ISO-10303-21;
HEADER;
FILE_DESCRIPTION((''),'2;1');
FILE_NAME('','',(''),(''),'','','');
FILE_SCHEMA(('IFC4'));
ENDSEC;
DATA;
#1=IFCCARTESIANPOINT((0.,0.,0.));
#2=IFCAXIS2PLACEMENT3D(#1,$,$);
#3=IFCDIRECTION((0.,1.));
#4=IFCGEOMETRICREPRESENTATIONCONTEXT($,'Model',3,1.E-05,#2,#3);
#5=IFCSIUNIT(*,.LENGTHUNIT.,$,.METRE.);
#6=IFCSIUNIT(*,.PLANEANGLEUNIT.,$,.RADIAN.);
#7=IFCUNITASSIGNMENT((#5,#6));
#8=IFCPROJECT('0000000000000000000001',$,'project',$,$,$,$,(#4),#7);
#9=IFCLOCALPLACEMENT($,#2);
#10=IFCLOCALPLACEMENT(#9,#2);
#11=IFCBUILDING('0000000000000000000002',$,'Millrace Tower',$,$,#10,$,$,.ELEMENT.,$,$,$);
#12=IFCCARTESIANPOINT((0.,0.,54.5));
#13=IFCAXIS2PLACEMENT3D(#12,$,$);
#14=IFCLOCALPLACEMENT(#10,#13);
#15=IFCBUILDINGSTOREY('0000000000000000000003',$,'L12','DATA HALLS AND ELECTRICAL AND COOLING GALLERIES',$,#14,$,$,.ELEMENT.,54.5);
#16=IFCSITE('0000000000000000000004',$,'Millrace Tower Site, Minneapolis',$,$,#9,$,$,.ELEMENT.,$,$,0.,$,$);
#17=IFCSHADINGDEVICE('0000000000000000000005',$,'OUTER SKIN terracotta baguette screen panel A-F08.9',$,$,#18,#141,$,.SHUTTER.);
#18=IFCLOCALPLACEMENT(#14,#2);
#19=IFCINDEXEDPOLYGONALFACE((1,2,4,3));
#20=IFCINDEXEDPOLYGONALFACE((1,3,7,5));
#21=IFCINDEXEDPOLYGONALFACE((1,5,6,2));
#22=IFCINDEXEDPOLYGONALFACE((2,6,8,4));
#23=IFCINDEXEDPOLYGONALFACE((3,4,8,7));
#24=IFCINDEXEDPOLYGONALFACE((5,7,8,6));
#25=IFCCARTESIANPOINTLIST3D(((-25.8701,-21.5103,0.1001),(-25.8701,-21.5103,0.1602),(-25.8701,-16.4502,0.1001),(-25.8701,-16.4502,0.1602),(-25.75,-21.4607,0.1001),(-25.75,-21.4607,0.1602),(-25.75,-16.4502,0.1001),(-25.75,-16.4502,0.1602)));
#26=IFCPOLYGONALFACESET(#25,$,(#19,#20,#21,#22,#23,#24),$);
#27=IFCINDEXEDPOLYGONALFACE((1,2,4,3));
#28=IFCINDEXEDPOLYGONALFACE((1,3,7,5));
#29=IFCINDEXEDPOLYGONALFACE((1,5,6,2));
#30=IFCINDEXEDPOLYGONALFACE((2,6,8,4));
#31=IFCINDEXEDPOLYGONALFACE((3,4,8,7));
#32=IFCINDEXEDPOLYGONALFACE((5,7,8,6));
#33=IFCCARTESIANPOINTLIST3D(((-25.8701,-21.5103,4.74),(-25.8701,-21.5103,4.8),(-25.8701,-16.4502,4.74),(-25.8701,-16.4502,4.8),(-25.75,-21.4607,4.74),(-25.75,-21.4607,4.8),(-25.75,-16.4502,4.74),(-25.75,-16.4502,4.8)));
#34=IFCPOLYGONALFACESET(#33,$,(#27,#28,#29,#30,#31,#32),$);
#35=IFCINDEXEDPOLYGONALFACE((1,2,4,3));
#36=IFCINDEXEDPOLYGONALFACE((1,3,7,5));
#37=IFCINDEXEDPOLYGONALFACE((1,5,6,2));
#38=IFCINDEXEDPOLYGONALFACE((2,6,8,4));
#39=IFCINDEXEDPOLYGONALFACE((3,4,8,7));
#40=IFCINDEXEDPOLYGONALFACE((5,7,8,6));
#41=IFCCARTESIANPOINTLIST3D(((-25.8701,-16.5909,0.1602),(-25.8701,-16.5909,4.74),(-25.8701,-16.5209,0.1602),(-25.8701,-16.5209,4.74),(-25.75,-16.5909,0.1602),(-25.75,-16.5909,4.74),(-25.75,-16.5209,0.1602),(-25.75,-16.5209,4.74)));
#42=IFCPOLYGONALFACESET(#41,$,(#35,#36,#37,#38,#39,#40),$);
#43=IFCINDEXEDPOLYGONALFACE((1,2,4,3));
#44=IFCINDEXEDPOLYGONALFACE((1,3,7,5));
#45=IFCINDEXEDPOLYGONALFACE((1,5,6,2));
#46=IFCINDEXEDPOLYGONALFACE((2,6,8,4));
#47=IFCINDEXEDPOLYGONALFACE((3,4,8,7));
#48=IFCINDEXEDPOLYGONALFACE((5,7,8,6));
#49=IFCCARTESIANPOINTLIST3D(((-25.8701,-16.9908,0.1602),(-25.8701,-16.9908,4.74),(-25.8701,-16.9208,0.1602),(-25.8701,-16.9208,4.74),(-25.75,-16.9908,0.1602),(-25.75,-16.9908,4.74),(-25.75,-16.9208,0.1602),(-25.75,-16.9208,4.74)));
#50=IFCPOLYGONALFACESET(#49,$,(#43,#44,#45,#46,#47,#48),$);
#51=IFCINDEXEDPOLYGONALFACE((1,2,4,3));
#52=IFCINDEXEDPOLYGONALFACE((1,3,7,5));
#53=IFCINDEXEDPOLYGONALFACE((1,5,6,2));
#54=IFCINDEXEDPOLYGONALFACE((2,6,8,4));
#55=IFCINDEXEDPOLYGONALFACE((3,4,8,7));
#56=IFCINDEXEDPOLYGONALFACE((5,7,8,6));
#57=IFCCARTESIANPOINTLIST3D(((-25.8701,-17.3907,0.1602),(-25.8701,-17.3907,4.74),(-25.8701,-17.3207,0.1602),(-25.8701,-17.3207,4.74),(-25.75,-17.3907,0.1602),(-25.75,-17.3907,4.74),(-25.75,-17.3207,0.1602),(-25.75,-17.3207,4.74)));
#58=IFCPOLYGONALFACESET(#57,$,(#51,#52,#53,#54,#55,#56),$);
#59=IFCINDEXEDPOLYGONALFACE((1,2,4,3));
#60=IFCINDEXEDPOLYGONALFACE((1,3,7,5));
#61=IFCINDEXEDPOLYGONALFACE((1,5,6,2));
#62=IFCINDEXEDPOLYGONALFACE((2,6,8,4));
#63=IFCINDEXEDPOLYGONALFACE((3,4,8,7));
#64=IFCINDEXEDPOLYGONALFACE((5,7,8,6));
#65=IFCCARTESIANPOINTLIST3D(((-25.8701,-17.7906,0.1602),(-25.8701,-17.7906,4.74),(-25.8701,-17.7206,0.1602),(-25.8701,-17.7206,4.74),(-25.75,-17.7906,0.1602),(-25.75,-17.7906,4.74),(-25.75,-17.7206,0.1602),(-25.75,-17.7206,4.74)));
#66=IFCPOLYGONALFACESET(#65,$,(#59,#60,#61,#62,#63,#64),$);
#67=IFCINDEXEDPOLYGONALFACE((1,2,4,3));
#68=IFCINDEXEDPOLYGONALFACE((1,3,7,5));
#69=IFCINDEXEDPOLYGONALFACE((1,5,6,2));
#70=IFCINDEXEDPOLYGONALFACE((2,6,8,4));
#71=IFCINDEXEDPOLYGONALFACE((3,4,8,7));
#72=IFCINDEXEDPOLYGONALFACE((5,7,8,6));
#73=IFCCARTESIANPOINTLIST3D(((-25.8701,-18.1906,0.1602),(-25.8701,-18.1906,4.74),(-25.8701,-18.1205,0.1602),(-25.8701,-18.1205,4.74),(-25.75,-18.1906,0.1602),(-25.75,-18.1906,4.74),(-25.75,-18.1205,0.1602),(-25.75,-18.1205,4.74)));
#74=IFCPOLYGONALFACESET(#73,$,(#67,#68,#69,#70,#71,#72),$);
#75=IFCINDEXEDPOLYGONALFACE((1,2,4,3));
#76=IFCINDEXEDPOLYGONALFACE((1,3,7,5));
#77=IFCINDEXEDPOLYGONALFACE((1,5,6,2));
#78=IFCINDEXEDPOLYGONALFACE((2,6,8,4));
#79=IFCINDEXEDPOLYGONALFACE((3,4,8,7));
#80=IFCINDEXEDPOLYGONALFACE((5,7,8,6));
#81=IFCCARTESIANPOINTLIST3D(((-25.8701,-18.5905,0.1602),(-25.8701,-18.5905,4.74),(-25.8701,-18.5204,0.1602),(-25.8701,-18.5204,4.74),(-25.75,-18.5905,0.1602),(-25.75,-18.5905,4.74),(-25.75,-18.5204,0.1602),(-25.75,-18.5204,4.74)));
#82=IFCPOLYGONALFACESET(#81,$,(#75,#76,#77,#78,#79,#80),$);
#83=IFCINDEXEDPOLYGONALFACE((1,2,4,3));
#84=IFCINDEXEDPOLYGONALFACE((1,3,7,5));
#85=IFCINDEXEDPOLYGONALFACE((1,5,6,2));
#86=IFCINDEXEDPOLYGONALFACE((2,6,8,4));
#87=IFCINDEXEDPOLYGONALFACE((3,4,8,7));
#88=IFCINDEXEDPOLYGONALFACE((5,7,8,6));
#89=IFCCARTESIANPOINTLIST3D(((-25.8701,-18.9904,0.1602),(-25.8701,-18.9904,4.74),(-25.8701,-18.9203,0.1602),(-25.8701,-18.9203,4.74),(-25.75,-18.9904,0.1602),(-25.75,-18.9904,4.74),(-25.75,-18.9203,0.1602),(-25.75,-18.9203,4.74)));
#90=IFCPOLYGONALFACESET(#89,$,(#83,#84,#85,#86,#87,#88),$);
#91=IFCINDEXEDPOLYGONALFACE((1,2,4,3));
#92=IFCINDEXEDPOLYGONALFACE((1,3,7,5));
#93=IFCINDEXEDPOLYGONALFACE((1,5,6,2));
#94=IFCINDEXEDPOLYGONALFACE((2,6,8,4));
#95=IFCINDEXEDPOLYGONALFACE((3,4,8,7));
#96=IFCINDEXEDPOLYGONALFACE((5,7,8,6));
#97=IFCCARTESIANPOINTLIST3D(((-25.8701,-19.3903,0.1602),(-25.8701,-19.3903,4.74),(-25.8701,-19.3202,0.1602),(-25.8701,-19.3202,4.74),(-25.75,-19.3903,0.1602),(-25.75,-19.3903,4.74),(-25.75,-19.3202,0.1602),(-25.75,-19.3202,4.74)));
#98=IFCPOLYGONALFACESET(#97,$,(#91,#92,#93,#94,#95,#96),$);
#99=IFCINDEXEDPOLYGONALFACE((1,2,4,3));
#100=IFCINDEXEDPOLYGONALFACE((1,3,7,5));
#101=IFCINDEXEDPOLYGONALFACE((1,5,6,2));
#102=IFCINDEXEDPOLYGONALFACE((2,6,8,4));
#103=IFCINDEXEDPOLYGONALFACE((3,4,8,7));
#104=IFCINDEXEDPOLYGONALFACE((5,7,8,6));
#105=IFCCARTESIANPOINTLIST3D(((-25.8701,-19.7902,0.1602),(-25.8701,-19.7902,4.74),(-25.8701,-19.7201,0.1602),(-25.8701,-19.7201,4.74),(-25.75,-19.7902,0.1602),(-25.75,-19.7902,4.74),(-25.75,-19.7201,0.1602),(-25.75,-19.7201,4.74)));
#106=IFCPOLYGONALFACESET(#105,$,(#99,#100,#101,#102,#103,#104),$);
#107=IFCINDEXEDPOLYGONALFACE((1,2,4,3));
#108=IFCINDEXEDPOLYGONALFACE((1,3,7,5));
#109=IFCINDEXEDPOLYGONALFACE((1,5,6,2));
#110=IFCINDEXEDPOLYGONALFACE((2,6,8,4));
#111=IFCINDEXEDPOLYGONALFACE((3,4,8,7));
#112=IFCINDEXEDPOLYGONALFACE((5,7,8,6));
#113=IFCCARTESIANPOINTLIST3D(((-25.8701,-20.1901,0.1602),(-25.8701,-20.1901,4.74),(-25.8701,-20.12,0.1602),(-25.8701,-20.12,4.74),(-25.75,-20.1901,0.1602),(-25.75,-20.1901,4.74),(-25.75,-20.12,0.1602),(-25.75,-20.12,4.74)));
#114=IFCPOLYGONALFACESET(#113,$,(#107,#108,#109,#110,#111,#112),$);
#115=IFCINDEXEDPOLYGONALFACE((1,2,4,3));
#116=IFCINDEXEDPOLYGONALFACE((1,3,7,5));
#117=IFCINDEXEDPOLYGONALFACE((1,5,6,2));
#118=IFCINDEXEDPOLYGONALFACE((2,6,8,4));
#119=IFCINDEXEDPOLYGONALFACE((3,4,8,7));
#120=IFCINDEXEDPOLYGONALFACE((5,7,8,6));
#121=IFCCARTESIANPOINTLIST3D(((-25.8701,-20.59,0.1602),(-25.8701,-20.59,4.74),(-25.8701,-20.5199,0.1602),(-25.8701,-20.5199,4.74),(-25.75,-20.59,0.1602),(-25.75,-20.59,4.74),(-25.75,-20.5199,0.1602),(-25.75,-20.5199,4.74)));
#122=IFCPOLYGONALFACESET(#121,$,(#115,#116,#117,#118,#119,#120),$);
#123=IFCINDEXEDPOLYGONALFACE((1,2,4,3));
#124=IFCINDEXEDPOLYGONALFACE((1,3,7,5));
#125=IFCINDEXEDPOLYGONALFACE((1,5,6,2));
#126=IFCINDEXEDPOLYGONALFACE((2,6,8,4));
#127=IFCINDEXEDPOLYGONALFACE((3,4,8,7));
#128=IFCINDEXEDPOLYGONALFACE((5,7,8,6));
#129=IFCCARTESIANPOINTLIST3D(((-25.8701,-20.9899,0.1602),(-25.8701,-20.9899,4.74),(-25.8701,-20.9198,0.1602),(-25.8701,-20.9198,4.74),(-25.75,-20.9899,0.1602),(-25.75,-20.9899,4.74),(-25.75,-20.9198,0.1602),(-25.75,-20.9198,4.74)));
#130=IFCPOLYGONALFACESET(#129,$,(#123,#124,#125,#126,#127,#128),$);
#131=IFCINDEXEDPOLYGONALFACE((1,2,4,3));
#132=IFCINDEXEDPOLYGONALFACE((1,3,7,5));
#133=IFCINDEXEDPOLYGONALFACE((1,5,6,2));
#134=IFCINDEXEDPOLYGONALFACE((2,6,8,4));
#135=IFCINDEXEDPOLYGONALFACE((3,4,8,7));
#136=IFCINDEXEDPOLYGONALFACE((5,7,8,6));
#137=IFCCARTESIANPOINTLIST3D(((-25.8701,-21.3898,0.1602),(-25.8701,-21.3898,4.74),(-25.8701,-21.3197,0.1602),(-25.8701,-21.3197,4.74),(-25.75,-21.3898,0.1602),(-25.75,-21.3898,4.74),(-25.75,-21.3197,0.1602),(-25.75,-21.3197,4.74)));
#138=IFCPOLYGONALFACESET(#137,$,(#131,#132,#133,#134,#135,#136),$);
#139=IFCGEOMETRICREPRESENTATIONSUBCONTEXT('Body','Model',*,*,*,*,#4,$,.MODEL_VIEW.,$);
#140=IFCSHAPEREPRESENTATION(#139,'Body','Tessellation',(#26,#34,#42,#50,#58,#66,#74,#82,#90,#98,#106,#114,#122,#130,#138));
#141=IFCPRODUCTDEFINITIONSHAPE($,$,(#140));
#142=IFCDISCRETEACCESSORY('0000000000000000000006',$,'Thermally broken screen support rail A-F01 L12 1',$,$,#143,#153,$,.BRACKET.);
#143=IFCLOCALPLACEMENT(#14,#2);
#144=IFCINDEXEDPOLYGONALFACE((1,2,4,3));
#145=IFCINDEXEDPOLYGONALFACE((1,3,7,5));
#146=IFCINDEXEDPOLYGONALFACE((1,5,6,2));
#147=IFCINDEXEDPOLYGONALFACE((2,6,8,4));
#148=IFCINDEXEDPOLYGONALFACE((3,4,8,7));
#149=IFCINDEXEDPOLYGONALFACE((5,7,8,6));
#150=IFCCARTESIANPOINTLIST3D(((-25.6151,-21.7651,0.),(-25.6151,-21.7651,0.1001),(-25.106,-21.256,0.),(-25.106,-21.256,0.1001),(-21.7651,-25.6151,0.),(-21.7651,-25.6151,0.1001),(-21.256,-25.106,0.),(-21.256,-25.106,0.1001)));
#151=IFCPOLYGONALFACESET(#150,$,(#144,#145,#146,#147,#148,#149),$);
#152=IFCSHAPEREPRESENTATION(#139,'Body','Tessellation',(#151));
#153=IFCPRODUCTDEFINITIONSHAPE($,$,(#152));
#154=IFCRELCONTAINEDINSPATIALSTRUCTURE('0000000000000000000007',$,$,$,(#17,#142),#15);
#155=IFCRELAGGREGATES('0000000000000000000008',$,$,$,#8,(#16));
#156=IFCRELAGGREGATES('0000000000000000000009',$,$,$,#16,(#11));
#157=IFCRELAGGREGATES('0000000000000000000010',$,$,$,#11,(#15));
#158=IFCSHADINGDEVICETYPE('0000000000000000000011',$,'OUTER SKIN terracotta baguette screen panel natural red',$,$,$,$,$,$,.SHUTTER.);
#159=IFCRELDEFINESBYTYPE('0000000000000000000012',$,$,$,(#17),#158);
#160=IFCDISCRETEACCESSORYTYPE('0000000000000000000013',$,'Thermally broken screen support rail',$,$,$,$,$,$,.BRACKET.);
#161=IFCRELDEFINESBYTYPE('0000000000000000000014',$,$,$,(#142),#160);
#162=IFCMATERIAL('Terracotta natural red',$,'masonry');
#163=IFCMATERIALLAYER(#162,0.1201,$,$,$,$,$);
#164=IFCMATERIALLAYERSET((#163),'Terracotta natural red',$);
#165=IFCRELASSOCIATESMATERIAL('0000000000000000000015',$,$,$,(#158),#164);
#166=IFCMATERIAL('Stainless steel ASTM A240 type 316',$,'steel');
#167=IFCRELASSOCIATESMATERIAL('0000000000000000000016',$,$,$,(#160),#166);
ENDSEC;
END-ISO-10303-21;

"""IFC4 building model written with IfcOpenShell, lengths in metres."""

from ifc_helpers import new_model, entity, si_unit, direction, frame, frame_2d, origin, origin_2d, place, context, subcontext, project, spatial, rectangle, extrude, source, transform, mapped, material, layer, layer_set, type_object, element, save


model = new_model("IFC4")

# Units and contexts
model_context = context("Model", 3, precision=1e-05, world=origin(), true_north=direction((0.0, 1.0)))
body_context = subcontext(model_context, "Body", "Model", "MODEL_VIEW")
ifc_project = project(units=[si_unit("LENGTHUNIT", "METRE"), si_unit("PLANEANGLEUNIT", "RADIAN")], contexts=[model_context])

# Site, building, storey
site_placement = place(None, origin())
site = spatial("IfcSite", under=ifc_project, at=site_placement, Name="Millrace Tower Site, Minneapolis", CompositionType="ELEMENT", RefElevation=0.0)
building_placement = place(site_placement, origin())
building = spatial("IfcBuilding", under=site, at=building_placement, Name="Millrace Tower", CompositionType="ELEMENT")
storey_placement = place(building_placement, frame((0.0, 0.0, 54.5)))
storey = spatial("IfcBuildingStorey", under=building, at=storey_placement, Name="L12", Description="DATA HALLS AND ELECTRICAL AND COOLING GALLERIES", CompositionType="ELEMENT", Elevation=54.5)

# Shading device
ifc_material_1 = material(Name="Terracotta natural red", Category="masonry")
ifc_layer_1 = layer(ifc_material_1, 0.1201)
ifc_layer_set_1 = layer_set([ifc_layer_1], Name="Terracotta natural red")
shading_device_type_1 = type_object("IfcShadingDeviceType", Name="OUTER SKIN terracotta baguette screen panel natural red", PredefinedType="SHUTTER", material=ifc_layer_set_1)
cartesian_point_1 = entity("IfcCartesianPoint", [-2.5176, 0.0601])
shared_polyline_1 = entity("IfcPolyline", [cartesian_point_1, entity("IfcCartesianPoint", [2.4929, 0.0601]), entity("IfcCartesianPoint", [2.5425, -0.0601]), entity("IfcCartesianPoint", [-2.5176, -0.0601]), cartesian_point_1])
shared_shape_1 = source(origin(), body_context, "Body", "SweptSolid", [
    entity("IfcExtrudedAreaSolid", entity("IfcArbitraryClosedProfileDef", "AREA", None, shared_polyline_1), entity("IfcAxis2Placement3D", entity("IfcCartesianPoint", [0.0, 0.0, 0.0])), entity("IfcDirection", [0.0, 0.0, 1.0]), 0.0601),
    entity("IfcExtrudedAreaSolid", entity("IfcArbitraryClosedProfileDef", "AREA", None, shared_polyline_1), entity("IfcAxis2Placement3D", entity("IfcCartesianPoint", [0.0, 0.0, 4.6399])), entity("IfcDirection", [0.0, 0.0, 1.0]), 0.0601),
    extrude(rectangle(XDim=0.0701, YDim=0.1201, at=frame_2d((-2.4119, 0.0))), frame((0.0, 0.0, 0.0601)), (0.0, 0.0, 1.0), 4.5798),
    extrude(rectangle(XDim=0.0701, YDim=0.1201, at=frame_2d((-2.012, 0.0))), frame((0.0, 0.0, 0.0601)), (0.0, 0.0, 1.0), 4.5798),
    extrude(rectangle(XDim=0.0701, YDim=0.1201, at=frame_2d((-1.6121, 0.0))), frame((0.0, 0.0, 0.0601)), (0.0, 0.0, 1.0), 4.5798),
    extrude(rectangle(XDim=0.0701, YDim=0.1201, at=frame_2d((-1.2122, 0.0))), frame((0.0, 0.0, 0.0601)), (0.0, 0.0, 1.0), 4.5798),
    extrude(rectangle(XDim=0.0701, YDim=0.1201, at=frame_2d((-0.8123, 0.0))), frame((0.0, 0.0, 0.0601)), (0.0, 0.0, 1.0), 4.5798),
    extrude(rectangle(XDim=0.0701, YDim=0.1201, at=frame_2d((-0.4124, 0.0))), frame((0.0, 0.0, 0.0601)), (0.0, 0.0, 1.0), 4.5798),
    extrude(rectangle(XDim=0.0701, YDim=0.1201, at=frame_2d((-0.0125, 0.0))), frame((0.0, 0.0, 0.0601)), (0.0, 0.0, 1.0), 4.5798),
    extrude(rectangle(XDim=0.0701, YDim=0.1201, at=frame_2d((0.3875, 0.0))), frame((0.0, 0.0, 0.0601)), (0.0, 0.0, 1.0), 4.5798),
    extrude(rectangle(XDim=0.0701, YDim=0.1201, at=frame_2d((0.7874, 0.0))), frame((0.0, 0.0, 0.0601)), (0.0, 0.0, 1.0), 4.5798),
    extrude(rectangle(XDim=0.0701, YDim=0.1201, at=frame_2d((1.1873, 0.0))), frame((0.0, 0.0, 0.0601)), (0.0, 0.0, 1.0), 4.5798),
    extrude(rectangle(XDim=0.0701, YDim=0.1201, at=frame_2d((1.5872, 0.0))), frame((0.0, 0.0, 0.0601)), (0.0, 0.0, 1.0), 4.5798),
    extrude(rectangle(XDim=0.0701, YDim=0.1201, at=frame_2d((1.9871, 0.0))), frame((0.0, 0.0, 0.0601)), (0.0, 0.0, 1.0), 4.5798),
    extrude(rectangle(XDim=0.0701, YDim=0.1201, at=frame_2d((2.387, 0.0))), frame((0.0, 0.0, 0.0601)), (0.0, 0.0, 1.0), 4.5798),
])
shading_device_1_placement = place(storey_placement, frame((-25.8101, -18.9678, 0.1001), z_axis=(0.0, 0.0, 1.0), x_axis=(0.0, -1.0, 0.0)))
element("IfcShadingDevice", 1, at=shading_device_1_placement, inside=storey, type_object=shading_device_type_1, Name="OUTER SKIN terracotta baguette screen panel A-F08.9", PredefinedType="SHUTTER", context=body_context, shape_type="MappedRepresentation", body=[
    mapped(shared_shape_1, transform((0.0, 0.0, 0.0), scale=1.0)),
])

# Discrete accessory
ifc_material_2 = material(Name="Stainless steel ASTM A240 type 316", Category="steel")
discrete_accessory_type = type_object("IfcDiscreteAccessoryType", Name="Thermally broken screen support rail", PredefinedType="BRACKET", material=ifc_material_2)
discrete_accessory_placement = place(storey_placement, frame((-23.4355, -23.4355, 0.0), z_axis=(0.0, 0.0, 1.0), x_axis=(0.707107, -0.707107, 0.0)))
element("IfcDiscreteAccessory", 2, at=discrete_accessory_placement, inside=storey, type_object=discrete_accessory_type, Name="Thermally broken screen support rail A-F01 L12 1", PredefinedType="BRACKET", context=body_context, shape_type="SweptSolid", body=[
    extrude(rectangle(XDim=5.4448, YDim=0.72, at=origin_2d()), origin(), (0.0, 0.0, 1.0), 0.1001),
])

save(model, "model.ifc")
